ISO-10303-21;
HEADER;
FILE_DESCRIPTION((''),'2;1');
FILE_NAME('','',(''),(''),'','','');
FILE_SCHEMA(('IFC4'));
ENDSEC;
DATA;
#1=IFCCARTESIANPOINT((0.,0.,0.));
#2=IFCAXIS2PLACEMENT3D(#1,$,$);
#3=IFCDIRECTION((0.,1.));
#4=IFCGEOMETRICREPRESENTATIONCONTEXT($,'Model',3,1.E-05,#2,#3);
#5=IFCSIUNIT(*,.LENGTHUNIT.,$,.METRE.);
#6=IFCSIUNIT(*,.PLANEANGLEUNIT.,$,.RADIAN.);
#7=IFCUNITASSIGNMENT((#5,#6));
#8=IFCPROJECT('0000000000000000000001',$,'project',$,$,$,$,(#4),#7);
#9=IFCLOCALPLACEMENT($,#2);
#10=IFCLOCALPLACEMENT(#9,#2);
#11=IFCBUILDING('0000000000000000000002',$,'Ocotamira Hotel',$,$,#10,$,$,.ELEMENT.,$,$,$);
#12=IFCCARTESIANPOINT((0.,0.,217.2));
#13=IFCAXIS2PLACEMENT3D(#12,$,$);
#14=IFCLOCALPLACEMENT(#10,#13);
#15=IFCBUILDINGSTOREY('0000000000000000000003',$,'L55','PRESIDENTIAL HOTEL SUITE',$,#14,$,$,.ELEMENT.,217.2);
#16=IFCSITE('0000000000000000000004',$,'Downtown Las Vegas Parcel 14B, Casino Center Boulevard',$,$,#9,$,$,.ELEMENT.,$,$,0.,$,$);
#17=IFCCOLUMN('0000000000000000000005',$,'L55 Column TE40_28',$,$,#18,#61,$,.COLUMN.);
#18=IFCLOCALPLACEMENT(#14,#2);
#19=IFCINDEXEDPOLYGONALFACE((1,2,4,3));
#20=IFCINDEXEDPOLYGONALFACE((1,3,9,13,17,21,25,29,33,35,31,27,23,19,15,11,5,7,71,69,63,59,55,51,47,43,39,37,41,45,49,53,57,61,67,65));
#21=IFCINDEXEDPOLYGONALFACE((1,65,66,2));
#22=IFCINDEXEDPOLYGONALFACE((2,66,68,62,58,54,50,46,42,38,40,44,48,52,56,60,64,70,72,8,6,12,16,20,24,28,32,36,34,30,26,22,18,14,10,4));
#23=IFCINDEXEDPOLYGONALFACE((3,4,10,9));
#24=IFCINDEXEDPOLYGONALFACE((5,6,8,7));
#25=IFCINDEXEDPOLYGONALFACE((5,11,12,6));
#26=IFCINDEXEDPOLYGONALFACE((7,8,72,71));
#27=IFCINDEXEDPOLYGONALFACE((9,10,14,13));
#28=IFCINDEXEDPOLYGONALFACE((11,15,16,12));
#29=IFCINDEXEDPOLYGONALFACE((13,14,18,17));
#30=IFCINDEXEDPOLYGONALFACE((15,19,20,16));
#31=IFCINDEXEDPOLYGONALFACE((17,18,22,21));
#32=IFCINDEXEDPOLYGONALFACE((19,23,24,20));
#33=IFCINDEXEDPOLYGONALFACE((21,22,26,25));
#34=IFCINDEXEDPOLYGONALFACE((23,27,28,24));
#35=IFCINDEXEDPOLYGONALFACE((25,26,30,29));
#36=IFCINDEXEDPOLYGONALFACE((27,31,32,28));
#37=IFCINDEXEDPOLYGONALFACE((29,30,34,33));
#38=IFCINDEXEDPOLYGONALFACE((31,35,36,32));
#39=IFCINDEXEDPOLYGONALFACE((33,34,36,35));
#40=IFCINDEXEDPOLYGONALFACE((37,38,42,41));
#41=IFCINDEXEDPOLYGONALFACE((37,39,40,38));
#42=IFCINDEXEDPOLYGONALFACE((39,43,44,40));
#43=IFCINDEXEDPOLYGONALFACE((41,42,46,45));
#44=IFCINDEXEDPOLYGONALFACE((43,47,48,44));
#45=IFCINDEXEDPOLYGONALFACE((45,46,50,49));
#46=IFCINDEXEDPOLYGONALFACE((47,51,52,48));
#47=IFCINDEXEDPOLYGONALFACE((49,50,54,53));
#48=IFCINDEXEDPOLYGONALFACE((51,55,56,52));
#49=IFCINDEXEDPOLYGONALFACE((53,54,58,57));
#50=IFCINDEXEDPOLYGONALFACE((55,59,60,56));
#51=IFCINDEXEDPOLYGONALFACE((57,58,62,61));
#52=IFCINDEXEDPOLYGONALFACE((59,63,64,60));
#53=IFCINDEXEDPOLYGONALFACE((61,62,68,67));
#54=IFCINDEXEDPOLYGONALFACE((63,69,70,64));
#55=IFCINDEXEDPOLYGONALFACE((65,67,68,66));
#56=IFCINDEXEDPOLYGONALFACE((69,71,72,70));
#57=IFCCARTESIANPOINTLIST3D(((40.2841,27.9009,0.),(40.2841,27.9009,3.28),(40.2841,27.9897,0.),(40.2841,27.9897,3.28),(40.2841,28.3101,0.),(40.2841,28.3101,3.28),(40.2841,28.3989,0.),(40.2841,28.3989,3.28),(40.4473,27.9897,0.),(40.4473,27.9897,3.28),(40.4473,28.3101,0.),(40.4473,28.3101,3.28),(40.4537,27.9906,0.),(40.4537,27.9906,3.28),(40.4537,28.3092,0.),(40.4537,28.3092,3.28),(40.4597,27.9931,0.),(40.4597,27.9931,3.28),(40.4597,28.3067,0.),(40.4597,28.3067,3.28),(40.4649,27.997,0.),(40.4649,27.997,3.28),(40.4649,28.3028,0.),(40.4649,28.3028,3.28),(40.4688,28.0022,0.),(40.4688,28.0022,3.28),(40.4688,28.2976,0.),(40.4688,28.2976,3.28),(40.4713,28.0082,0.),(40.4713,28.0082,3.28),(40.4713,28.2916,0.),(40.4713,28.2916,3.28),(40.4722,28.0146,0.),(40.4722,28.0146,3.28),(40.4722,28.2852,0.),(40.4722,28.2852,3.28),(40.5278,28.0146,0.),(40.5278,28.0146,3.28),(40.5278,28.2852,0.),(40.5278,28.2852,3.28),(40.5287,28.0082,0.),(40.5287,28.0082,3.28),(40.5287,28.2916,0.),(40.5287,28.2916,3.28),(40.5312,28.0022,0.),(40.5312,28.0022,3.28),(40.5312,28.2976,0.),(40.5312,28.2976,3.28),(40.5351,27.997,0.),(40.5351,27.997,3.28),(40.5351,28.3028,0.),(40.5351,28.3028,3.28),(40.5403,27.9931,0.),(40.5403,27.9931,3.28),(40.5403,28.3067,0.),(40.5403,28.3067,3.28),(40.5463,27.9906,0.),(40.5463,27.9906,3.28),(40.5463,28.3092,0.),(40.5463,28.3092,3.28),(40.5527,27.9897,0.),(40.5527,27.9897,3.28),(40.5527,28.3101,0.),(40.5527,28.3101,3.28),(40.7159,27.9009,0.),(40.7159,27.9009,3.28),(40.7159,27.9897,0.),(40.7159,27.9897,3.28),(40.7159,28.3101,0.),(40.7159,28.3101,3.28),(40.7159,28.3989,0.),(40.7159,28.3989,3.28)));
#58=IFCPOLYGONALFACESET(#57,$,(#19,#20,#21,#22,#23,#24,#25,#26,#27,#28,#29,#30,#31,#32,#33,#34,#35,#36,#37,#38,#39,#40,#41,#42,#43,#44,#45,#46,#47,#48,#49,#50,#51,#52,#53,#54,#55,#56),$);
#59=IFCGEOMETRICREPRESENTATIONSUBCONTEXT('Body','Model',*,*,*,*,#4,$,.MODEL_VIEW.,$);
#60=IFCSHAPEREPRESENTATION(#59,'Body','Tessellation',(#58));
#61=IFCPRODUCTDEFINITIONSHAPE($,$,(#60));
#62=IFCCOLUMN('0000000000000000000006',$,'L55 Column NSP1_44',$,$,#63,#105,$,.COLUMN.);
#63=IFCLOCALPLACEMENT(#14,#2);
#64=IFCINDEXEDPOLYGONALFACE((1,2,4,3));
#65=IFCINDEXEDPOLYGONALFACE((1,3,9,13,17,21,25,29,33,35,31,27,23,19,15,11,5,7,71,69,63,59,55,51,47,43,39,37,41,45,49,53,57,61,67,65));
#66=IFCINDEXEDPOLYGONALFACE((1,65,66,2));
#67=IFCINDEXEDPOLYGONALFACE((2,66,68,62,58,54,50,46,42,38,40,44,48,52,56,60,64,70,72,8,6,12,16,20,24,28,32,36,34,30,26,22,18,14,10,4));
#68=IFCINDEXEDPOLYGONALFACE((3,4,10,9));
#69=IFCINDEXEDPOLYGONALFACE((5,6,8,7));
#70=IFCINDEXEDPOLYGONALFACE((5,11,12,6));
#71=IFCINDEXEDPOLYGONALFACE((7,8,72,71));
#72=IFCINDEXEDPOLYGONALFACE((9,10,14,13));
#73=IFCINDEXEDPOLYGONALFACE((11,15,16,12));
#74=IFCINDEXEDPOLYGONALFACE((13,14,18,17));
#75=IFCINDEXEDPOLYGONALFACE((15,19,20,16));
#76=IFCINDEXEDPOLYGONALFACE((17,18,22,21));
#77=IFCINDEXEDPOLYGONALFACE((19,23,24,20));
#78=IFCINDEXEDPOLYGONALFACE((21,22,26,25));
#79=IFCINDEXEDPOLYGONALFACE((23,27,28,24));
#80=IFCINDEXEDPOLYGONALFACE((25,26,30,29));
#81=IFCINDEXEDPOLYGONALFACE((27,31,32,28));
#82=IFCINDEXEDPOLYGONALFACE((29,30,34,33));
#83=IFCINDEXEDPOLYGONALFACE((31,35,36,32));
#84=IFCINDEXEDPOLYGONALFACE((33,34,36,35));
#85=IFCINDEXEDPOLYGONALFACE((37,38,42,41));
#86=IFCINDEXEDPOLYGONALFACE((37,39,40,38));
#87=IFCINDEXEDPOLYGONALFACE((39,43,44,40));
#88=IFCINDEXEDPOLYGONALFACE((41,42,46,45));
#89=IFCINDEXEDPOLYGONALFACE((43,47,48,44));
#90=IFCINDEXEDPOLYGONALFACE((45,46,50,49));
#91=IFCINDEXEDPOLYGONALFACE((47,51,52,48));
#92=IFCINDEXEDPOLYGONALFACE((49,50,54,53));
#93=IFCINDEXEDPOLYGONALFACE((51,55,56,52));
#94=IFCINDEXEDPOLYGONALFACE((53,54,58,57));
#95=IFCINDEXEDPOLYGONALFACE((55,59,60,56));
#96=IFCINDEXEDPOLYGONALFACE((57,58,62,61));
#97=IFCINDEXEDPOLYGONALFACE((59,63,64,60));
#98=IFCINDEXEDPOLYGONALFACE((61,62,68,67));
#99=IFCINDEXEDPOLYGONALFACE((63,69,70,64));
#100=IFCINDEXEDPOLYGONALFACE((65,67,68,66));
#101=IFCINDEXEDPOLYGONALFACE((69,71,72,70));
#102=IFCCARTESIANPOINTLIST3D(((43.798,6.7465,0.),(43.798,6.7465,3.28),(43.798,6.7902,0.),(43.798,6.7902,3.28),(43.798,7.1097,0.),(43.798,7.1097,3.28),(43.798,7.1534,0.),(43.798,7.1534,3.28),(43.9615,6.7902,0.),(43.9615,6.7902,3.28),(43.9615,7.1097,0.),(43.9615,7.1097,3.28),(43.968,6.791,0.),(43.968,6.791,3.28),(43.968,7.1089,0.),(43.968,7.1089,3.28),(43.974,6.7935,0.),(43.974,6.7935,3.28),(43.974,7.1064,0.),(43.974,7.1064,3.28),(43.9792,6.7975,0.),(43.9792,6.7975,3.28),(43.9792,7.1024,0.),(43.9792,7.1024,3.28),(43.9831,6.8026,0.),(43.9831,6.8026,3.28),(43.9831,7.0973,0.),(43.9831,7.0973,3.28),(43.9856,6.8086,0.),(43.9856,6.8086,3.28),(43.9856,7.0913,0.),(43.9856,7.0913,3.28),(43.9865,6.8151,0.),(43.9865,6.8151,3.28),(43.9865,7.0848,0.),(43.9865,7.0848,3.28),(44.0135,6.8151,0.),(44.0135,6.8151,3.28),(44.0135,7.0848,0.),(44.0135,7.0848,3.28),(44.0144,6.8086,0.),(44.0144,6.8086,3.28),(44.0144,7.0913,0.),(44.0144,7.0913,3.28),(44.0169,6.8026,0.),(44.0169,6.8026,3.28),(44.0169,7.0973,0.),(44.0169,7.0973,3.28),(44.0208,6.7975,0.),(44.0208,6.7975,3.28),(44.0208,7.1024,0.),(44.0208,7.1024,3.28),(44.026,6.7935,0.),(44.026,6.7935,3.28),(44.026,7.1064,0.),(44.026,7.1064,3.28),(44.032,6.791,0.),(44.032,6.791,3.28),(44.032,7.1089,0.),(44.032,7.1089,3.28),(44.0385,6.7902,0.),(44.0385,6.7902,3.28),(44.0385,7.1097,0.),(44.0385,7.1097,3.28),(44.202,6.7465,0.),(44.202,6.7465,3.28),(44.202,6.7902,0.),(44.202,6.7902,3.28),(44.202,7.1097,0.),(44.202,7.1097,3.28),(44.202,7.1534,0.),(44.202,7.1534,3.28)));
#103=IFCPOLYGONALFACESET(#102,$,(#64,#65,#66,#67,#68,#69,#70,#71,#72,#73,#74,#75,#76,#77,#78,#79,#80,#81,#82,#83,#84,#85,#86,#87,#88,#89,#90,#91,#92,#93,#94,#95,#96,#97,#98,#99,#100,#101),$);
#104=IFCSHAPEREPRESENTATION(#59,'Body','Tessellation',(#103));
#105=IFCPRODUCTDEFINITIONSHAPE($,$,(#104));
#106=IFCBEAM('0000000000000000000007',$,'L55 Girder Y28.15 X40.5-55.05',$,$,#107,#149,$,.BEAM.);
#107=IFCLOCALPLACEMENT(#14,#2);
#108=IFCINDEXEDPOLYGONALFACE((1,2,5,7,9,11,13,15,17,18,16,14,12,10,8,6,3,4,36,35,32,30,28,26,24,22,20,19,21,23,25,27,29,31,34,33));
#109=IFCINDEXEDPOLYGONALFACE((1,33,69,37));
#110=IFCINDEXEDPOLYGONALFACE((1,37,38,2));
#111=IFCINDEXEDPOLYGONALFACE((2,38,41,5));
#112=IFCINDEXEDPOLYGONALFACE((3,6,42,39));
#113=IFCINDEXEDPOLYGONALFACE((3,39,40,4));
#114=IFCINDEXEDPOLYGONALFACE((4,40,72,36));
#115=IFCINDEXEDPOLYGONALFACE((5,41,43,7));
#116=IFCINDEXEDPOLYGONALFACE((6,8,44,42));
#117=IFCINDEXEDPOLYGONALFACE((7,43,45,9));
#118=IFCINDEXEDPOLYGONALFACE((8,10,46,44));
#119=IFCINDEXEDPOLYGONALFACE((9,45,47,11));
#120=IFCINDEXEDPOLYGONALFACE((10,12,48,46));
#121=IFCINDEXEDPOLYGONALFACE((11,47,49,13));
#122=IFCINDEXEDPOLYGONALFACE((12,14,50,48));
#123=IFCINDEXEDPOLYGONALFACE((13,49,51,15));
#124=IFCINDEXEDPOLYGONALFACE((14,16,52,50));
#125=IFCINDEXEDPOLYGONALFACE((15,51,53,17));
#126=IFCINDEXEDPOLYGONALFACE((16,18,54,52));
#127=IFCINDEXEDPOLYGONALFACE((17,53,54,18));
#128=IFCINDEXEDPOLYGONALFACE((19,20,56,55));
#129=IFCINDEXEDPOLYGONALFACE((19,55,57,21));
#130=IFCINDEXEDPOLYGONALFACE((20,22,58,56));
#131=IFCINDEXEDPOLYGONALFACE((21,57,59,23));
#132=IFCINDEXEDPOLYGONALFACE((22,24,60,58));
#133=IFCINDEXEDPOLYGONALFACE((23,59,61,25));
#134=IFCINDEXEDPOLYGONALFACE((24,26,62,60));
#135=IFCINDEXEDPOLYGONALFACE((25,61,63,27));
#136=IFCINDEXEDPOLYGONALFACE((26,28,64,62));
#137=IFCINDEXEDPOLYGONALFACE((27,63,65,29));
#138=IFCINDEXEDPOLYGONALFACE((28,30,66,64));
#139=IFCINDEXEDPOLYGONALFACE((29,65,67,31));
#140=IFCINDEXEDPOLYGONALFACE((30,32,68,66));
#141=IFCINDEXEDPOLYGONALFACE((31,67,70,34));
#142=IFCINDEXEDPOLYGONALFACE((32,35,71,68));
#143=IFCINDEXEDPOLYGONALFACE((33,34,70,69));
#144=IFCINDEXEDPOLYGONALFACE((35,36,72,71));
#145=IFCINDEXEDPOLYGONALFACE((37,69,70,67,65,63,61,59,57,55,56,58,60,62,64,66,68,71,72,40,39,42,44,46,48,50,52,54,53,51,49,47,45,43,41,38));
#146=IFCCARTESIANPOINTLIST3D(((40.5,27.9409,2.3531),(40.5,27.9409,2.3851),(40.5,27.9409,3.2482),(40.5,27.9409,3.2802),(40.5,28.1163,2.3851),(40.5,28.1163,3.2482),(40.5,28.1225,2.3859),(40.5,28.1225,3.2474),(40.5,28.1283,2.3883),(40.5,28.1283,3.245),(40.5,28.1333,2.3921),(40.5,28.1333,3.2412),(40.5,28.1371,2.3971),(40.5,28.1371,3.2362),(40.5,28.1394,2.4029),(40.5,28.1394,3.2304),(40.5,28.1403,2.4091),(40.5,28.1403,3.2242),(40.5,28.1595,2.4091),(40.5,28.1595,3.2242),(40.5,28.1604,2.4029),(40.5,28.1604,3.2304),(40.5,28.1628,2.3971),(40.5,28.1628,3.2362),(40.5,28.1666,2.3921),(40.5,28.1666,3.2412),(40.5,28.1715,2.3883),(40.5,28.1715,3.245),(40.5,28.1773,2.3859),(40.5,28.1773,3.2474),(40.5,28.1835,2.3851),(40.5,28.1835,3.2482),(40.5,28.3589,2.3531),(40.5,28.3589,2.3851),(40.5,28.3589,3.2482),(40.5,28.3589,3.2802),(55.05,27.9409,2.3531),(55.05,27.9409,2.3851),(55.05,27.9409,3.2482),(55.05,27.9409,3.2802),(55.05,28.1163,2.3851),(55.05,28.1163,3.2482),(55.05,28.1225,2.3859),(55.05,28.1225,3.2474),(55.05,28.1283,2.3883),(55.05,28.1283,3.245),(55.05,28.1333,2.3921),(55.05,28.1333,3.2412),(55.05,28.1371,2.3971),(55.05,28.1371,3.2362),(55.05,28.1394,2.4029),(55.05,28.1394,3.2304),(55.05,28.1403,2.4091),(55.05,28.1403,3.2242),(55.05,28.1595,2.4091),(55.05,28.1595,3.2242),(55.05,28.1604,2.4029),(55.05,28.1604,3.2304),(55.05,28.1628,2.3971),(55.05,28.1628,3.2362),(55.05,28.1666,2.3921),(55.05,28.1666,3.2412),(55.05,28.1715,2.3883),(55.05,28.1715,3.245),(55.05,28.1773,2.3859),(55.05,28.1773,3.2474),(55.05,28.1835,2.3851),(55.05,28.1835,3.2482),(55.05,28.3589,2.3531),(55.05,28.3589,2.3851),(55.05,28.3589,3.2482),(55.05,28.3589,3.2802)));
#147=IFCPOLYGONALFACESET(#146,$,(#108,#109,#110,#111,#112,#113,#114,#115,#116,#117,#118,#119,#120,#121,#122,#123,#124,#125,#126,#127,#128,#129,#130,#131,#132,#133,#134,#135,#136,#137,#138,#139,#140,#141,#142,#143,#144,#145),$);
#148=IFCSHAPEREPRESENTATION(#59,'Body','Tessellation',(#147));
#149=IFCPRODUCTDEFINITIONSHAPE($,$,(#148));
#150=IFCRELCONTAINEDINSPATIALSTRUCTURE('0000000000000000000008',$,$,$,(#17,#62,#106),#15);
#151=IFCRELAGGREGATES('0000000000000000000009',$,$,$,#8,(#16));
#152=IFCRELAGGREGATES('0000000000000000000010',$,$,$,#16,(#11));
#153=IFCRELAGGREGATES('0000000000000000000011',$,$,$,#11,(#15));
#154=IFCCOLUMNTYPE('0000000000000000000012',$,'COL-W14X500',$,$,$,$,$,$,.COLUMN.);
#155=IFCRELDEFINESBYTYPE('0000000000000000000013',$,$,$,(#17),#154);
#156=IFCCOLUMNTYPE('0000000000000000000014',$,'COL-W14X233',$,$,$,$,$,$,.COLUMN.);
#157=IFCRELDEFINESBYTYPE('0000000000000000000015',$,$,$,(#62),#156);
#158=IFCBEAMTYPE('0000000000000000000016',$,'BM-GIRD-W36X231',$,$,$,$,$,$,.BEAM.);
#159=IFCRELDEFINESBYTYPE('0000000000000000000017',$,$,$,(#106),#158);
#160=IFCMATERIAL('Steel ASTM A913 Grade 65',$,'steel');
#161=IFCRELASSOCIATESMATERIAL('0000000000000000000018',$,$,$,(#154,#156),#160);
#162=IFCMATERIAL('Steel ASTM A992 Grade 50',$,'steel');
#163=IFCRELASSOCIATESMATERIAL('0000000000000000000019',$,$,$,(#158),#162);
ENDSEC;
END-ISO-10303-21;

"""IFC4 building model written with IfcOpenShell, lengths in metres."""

from ifc_helpers import new_model, si_unit, direction, frame, origin, origin_2d, place, context, subcontext, project, spatial, i_section, extrude, source, transform, mapped, material, material_profile, profile_set, type_object, element, save


model = new_model("IFC4")

# Units and contexts
model_context = context("Model", 3, precision=1e-05, world=origin(), true_north=direction((0.0, 1.0)))
body_context = subcontext(model_context, "Body", "Model", "MODEL_VIEW")
ifc_project = project(units=[si_unit("LENGTHUNIT", "METRE"), si_unit("PLANEANGLEUNIT", "RADIAN")], contexts=[model_context])

# Site, building, storey
site_placement = place(None, origin())
site = spatial("IfcSite", under=ifc_project, at=site_placement, Name="Downtown Las Vegas Parcel 14B, Casino Center Boulevard", CompositionType="ELEMENT", RefElevation=0.0)
building_placement = place(site_placement, origin())
building = spatial("IfcBuilding", under=site, at=building_placement, Name="Ocotamira Hotel", CompositionType="ELEMENT")
storey_placement = place(building_placement, frame((0.0, 0.0, 217.2)))
storey = spatial("IfcBuildingStorey", under=building, at=storey_placement, Name="L55", Description="PRESIDENTIAL HOTEL SUITE", CompositionType="ELEMENT", Elevation=217.2)

# Columns
ifc_material_1 = material(Name="Steel ASTM A913 Grade 65", Category="steel")
ifc_material_profile_1 = material_profile(ifc_material_1, i_section(OverallWidth=0.4319, OverallDepth=0.498, WebThickness=0.0557, FlangeThickness=0.0889, FilletRadius=0.0249, at=origin_2d()), Name="W14X500")
ifc_profile_set_1 = profile_set([ifc_material_profile_1], Name="Steel ASTM A913 Grade 65")
column_type_1 = type_object("IfcColumnType", Name="COL-W14X500", PredefinedType="COLUMN", material=ifc_profile_set_1)
shared_shape_1 = source(origin(), body_context, "Body", "SweptSolid", [
    extrude(i_section(OverallWidth=0.4319, OverallDepth=0.498, WebThickness=0.0557, FlangeThickness=0.0889, FilletRadius=0.0249, at=origin_2d()), origin(), (0.0, 0.0, 1.0), 3.28),
])
column_1_placement = place(storey_placement, frame((40.5, 28.1499, 0.0), z_axis=(0.0, 0.0, 1.0), x_axis=(1.0, 0.0, 0.0)))
element("IfcColumn", 1, at=column_1_placement, inside=storey, type_object=column_type_1, Name="L55 Column TE40_28", PredefinedType="COLUMN", context=body_context, shape_type="MappedRepresentation", body=[
    mapped(shared_shape_1, transform((0.0, 0.0, 0.0), scale=1.0)),
])
ifc_material_profile_2 = material_profile(ifc_material_1, i_section(OverallWidth=0.4041, OverallDepth=0.407, WebThickness=0.0271, FlangeThickness=0.0437, FilletRadius=0.0249, at=origin_2d()), Name="W14X233")
ifc_profile_set_2 = profile_set([ifc_material_profile_2], Name="Steel ASTM A913 Grade 65")
column_type_2 = type_object("IfcColumnType", Name="COL-W14X233", PredefinedType="COLUMN", material=ifc_profile_set_2)
shared_shape_2 = source(origin(), body_context, "Body", "SweptSolid", [
    extrude(i_section(OverallWidth=0.4041, OverallDepth=0.407, WebThickness=0.0271, FlangeThickness=0.0437, FilletRadius=0.0249, at=origin_2d()), origin(), (0.0, 0.0, 1.0), 3.28),
])
column_2_placement = place(storey_placement, frame((44.0, 6.95, 0.0), z_axis=(0.0, 0.0, 1.0), x_axis=(1.0, 0.0, 0.0)))
element("IfcColumn", 2, at=column_2_placement, inside=storey, type_object=column_type_2, Name="L55 Column NSP1_44", PredefinedType="COLUMN", context=body_context, shape_type="MappedRepresentation", body=[
    mapped(shared_shape_2, transform((0.0, 0.0, 0.0), scale=1.0)),
])

# Beam
ifc_material_2 = material(Name="Steel ASTM A992 Grade 50", Category="steel")
ifc_material_profile_3 = material_profile(ifc_material_2, i_section(OverallWidth=0.418, OverallDepth=0.927, WebThickness=0.0193, FlangeThickness=0.032, FilletRadius=0.0239, at=origin_2d()), Name="W36X231")
ifc_profile_set_3 = profile_set([ifc_material_profile_3], Name="Steel ASTM A992 Grade 50")
beam_type_1 = type_object("IfcBeamType", Name="BM-GIRD-W36X231", PredefinedType="BEAM", material=ifc_profile_set_3)
shared_shape_3 = source(origin(), body_context, "Body", "SweptSolid", [
    extrude(i_section(OverallWidth=0.418, OverallDepth=0.927, WebThickness=0.0193, FlangeThickness=0.032, FilletRadius=0.0239, at=origin_2d()), origin(), (0.0, 0.0, 1.0), 14.55),
])
beam_1_placement = place(storey_placement, frame((40.5, 28.1499, 2.8167), z_axis=(1.0, 0.0, 0.0), x_axis=(0.0, 1.0, 0.0)))
element("IfcBeam", 3, at=beam_1_placement, inside=storey, type_object=beam_type_1, Name="L55 Girder Y28.15 X40.5-55.05", PredefinedType="BEAM", context=body_context, shape_type="MappedRepresentation", body=[
    mapped(shared_shape_3, transform((0.0, 0.0, 0.0), scale=1.0)),
])

save(model, "model.ifc")
